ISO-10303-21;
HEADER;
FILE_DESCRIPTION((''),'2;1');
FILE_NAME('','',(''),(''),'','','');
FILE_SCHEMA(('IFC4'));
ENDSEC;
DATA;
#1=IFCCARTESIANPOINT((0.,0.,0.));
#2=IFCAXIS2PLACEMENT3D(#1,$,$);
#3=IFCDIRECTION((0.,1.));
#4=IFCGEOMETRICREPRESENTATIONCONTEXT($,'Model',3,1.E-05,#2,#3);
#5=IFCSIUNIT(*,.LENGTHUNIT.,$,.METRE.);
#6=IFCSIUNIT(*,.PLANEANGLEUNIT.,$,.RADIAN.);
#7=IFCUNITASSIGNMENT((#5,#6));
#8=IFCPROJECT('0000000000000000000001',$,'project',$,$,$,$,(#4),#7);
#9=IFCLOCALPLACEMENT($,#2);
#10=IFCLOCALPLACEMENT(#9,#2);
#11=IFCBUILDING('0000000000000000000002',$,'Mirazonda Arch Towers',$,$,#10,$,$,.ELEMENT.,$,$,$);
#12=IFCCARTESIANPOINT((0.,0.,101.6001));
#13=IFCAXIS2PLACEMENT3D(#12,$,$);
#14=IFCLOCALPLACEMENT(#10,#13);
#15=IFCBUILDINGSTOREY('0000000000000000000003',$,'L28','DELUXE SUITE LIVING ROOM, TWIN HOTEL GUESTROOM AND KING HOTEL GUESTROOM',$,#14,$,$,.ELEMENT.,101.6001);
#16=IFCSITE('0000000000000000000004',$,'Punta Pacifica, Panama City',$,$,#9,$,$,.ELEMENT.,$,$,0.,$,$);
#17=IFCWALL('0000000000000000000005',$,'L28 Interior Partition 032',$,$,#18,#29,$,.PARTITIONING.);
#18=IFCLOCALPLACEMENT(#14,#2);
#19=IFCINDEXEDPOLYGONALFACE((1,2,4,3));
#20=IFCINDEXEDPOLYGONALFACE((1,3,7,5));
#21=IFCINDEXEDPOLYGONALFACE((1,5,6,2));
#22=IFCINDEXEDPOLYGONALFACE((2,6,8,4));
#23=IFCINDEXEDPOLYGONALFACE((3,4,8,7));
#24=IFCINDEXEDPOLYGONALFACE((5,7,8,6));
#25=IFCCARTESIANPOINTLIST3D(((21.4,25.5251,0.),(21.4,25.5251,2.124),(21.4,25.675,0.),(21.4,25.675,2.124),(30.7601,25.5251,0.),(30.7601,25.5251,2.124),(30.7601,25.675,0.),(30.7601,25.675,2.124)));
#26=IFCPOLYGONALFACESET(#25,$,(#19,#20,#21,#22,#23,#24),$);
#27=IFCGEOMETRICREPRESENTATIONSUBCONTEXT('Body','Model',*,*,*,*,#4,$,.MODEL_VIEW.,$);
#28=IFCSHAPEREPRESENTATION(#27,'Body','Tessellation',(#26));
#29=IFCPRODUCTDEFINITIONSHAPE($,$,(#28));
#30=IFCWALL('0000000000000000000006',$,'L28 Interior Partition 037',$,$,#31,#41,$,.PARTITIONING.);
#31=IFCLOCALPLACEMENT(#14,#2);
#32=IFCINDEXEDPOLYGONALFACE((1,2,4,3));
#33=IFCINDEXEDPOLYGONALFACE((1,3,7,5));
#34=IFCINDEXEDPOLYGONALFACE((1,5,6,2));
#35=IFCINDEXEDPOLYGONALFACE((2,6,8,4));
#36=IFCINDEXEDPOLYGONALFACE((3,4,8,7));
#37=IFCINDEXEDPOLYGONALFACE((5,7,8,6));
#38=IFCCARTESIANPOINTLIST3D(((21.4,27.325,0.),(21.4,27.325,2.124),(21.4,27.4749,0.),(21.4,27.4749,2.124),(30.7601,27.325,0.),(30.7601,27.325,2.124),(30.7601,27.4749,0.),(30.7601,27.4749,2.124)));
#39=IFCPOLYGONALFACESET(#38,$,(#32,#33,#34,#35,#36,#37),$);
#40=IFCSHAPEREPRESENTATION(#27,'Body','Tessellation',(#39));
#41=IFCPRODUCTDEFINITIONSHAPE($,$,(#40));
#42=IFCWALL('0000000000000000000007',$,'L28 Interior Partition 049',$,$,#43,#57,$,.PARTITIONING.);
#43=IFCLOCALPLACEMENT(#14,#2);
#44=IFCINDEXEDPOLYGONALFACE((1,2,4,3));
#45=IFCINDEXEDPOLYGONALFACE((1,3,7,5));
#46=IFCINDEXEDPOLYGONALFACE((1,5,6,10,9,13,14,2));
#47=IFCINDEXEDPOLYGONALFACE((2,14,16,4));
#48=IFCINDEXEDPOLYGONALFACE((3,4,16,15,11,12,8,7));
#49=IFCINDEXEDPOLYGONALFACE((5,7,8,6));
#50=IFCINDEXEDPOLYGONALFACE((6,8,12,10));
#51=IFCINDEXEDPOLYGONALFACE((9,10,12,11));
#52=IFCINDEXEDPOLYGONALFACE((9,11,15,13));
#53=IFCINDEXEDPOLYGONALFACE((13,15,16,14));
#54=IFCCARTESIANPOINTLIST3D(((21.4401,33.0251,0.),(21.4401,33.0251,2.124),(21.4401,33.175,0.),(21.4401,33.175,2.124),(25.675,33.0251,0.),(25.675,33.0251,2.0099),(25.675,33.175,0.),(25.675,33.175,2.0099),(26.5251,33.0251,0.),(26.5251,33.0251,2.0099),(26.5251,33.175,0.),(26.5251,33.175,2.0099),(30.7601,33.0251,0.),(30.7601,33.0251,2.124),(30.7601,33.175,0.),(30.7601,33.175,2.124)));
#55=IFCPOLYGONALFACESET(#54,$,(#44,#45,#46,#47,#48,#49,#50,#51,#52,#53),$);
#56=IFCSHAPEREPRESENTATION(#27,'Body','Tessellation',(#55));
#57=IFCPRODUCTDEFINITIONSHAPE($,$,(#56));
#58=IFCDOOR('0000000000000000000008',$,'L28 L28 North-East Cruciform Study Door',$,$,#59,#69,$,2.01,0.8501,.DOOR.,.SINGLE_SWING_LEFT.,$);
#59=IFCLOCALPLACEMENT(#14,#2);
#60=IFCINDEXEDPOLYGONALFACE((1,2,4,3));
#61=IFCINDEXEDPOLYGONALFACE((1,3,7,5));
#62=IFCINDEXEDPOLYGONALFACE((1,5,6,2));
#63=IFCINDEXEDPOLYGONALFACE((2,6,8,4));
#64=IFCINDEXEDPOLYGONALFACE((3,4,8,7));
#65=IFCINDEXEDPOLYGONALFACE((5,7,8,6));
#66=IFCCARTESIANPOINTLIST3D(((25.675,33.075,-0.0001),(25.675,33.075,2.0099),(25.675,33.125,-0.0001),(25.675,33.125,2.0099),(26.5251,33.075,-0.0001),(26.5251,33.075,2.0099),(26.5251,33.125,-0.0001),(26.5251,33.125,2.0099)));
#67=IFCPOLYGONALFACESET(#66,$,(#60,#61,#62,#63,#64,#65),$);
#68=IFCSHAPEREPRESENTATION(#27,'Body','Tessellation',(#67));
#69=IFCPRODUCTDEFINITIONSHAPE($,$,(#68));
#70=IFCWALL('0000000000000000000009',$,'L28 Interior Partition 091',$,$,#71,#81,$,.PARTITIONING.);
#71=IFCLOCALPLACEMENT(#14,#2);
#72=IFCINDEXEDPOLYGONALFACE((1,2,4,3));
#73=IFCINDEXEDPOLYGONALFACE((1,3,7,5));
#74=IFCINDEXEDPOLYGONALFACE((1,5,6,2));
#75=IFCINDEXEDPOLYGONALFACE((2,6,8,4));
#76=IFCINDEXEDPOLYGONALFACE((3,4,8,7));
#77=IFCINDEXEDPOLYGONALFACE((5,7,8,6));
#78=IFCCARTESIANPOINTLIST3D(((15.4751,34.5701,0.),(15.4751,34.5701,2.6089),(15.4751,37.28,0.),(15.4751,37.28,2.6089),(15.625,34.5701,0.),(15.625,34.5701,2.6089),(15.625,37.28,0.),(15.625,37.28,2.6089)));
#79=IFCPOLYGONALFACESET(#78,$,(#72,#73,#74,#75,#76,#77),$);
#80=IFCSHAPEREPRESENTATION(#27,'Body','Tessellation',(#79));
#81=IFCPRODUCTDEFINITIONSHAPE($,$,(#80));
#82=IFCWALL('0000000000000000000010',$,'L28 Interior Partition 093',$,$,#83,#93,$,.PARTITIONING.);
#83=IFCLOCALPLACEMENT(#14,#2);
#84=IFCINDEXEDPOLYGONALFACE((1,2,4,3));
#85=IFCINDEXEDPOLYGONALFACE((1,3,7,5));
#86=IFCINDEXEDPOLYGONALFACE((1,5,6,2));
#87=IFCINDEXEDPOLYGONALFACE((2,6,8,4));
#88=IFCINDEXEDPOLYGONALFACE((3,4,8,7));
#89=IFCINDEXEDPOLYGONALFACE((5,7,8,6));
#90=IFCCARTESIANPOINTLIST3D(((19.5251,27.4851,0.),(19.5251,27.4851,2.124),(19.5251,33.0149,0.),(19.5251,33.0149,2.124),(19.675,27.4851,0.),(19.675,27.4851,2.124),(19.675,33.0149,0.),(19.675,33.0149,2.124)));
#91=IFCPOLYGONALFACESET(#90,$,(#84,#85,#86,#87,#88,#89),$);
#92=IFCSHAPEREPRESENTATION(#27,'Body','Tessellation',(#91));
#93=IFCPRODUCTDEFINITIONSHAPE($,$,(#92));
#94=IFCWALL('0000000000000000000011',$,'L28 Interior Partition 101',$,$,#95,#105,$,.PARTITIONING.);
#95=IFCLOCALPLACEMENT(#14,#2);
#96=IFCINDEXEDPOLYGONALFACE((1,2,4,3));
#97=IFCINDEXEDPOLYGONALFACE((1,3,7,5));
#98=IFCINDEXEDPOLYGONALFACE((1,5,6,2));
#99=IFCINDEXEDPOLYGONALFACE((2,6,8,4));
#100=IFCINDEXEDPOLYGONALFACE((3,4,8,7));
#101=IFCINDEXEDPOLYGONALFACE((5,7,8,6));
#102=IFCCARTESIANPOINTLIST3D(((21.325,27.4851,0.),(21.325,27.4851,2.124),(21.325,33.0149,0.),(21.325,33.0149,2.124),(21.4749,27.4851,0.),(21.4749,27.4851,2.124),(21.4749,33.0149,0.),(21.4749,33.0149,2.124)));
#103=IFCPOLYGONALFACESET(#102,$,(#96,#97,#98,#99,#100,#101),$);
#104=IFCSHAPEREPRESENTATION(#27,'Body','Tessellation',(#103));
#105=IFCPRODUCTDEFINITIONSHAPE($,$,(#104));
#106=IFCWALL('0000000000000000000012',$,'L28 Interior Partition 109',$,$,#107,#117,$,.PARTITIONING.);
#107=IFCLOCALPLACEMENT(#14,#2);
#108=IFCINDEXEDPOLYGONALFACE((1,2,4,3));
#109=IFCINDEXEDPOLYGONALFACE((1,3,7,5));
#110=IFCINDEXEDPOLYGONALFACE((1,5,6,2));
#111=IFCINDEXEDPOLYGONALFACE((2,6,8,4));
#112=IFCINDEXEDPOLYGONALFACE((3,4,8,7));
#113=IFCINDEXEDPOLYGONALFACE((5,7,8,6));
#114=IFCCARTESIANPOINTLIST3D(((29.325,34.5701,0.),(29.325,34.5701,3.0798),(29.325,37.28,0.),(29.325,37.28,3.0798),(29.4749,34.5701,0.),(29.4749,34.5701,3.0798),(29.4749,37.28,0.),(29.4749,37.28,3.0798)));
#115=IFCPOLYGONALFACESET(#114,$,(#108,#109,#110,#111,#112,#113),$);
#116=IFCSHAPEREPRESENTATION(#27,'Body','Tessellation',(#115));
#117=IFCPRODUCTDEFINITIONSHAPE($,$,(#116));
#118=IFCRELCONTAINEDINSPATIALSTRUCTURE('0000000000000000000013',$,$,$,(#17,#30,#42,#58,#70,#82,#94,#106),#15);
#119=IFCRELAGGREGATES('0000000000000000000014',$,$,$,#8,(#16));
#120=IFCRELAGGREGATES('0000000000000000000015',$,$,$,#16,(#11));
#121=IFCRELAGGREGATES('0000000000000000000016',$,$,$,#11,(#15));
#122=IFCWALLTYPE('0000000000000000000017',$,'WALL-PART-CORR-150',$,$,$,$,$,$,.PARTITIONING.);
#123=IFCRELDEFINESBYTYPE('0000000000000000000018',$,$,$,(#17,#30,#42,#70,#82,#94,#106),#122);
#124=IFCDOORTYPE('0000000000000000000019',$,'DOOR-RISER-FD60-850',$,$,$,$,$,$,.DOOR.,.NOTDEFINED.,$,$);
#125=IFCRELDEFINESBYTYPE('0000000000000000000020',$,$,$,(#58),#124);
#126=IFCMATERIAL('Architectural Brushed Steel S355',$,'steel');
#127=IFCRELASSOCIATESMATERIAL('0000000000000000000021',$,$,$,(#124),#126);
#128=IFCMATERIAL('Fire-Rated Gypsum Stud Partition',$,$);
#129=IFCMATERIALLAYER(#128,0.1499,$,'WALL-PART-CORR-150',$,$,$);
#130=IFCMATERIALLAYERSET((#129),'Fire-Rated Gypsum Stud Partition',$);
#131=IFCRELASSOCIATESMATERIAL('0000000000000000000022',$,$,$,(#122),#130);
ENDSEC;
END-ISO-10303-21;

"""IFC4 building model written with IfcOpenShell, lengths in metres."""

from ifc_helpers import new_model, si_unit, direction, frame, frame_2d, origin, place, context, subcontext, project, spatial, rectangle, extrude, material, layer, layer_set, type_object, element, fill, save


model = new_model("IFC4")

# Units and contexts
model_context = context("Model", 3, precision=1e-05, world=origin(), true_north=direction((0.0, 1.0)))
body_context = subcontext(model_context, "Body", "Model", "MODEL_VIEW")
ifc_project = project(units=[si_unit("LENGTHUNIT", "METRE"), si_unit("PLANEANGLEUNIT", "RADIAN")], contexts=[model_context])

# Site, building, storey
site_placement = place(None, origin())
site = spatial("IfcSite", under=ifc_project, at=site_placement, Name="Punta Pacifica, Panama City", CompositionType="ELEMENT", RefElevation=0.0)
building_placement = place(site_placement, origin())
building = spatial("IfcBuilding", under=site, at=building_placement, Name="Mirazonda Arch Towers", CompositionType="ELEMENT")
storey_placement = place(building_placement, frame((0.0, 0.0, 101.6001)))
storey = spatial("IfcBuildingStorey", under=building, at=storey_placement, Name="L28", Description="DELUXE SUITE LIVING ROOM, TWIN HOTEL GUESTROOM AND KING HOTEL GUESTROOM", CompositionType="ELEMENT", Elevation=101.6001)

# Shared definitions
ifc_material_1 = material(Name="Architectural Brushed Steel S355", Category="steel")
door_type = type_object("IfcDoorType", Name="DOOR-RISER-FD60-850", OperationType="NOTDEFINED", PredefinedType="DOOR", material=ifc_material_1)

# Walls
ifc_material_2 = material(Name="Fire-Rated Gypsum Stud Partition")
ifc_layer_1 = layer(ifc_material_2, 0.1499, Name="WALL-PART-CORR-150")
ifc_layer_set_1 = layer_set([ifc_layer_1], Name="Fire-Rated Gypsum Stud Partition")
wall_type_1 = type_object("IfcWallType", Name="WALL-PART-CORR-150", PredefinedType="PARTITIONING", material=ifc_layer_set_1)
for number, where, z_axis, x_axis, name in (
    (1, (21.3999, 25.6001, 0.0), (0.0, 0.0, 1.0), (1.0, 0.0, 0.0), "L28 Interior Partition 032"),
    (2, (21.3999, 27.3999, 0.0), (0.0, 0.0, 1.0), (1.0, 0.0, 0.0), "L28 Interior Partition 037"),
):
    element("IfcWall", number, at=place(storey_placement, frame(where, z_axis=z_axis, x_axis=x_axis)), inside=storey, type_object=wall_type_1, Name=name, PredefinedType="PARTITIONING", context=body_context, shape_type="SweptSolid", body=[
        extrude(rectangle(XDim=9.3601, YDim=0.1499, at=frame_2d((4.6802, 0.0))), origin(), (0.0, 0.0, 1.0), 2.124),
    ])

# Wall, opening, door
wall_1_placement = place(storey_placement, frame((21.4399, 33.1001, 0.0), z_axis=(0.0, 0.0, 1.0), x_axis=(1.0, 0.0, 0.0)))
wall_1 = element("IfcWall", 3, at=wall_1_placement, inside=storey, type_object=wall_type_1, Name="L28 Interior Partition 049", PredefinedType="PARTITIONING", context=body_context, shape_type="SweptSolid", body=[
    extrude(rectangle(XDim=9.3201, YDim=0.1499, at=frame_2d((4.6602, 0.0))), origin(), (0.0, 0.0, 1.0), 2.124),
])
opening_1_placement = place(wall_1_placement, frame((4.2351, 0.0, 0.0)))
opening_1 = element("IfcOpeningElement", 4, at=opening_1_placement, cuts=wall_1, PredefinedType="OPENING", context=body_context, shape_type="SweptSolid", body=[
    extrude(rectangle(XDim=0.8501, YDim=2.01, at=frame_2d((0.425, 1.0049))), frame((0.0, 0.085, 0.0), z_axis=(0.0, -1.0, 0.0), x_axis=(1.0, 0.0, 0.0)), (0.0, 0.0, 1.0), 0.1699),
])
door_1_placement = place(opening_1_placement, origin())
door_1 = element("IfcDoor", 5, at=door_1_placement, inside=storey, type_object=door_type, Name="L28 L28 North-East Cruciform Study Door", OperationType="SINGLE_SWING_LEFT", OverallHeight=2.01, OverallWidth=0.8501, PredefinedType="DOOR", context=body_context, shape_type="SweptSolid", body=[
    extrude(rectangle(XDim=0.8501, YDim=2.01, at=frame_2d((0.425, 1.0049))), frame((0.0, 0.0249, 0.0), z_axis=(0.0, -1.0, 0.0), x_axis=(1.0, 0.0, 0.0)), (0.0, 0.0, 1.0), 0.05),
])
fill(opening_1, door_1)

# Walls
wall_2_placement = place(storey_placement, frame((15.55, 34.5701, 0.0), z_axis=(0.0, 0.0, 1.0), x_axis=(0.0, 1.0, 0.0)))
element("IfcWall", 6, at=wall_2_placement, inside=storey, type_object=wall_type_1, Name="L28 Interior Partition 091", PredefinedType="PARTITIONING", context=body_context, shape_type="SweptSolid", body=[
    extrude(rectangle(XDim=2.71, YDim=0.1499, at=frame_2d((1.355, 0.0))), origin(), (0.0, 0.0, 1.0), 2.6089),
])
for number, where, z_axis, x_axis, name in (
    (7, (19.6001, 27.4851, 0.0), (0.0, 0.0, 1.0), (0.0, 1.0, 0.0), "L28 Interior Partition 093"),
    (8, (21.3999, 27.4851, 0.0), (0.0, 0.0, 1.0), (0.0, 1.0, 0.0), "L28 Interior Partition 101"),
):
    element("IfcWall", number, at=place(storey_placement, frame(where, z_axis=z_axis, x_axis=x_axis)), inside=storey, type_object=wall_type_1, Name=name, PredefinedType="PARTITIONING", context=body_context, shape_type="SweptSolid", body=[
        extrude(rectangle(XDim=5.5298, YDim=0.1499, at=frame_2d((2.7649, 0.0))), origin(), (0.0, 0.0, 1.0), 2.124),
    ])
wall_3_placement = place(storey_placement, frame((29.3999, 34.5701, 0.0), z_axis=(0.0, 0.0, 1.0), x_axis=(0.0, 1.0, 0.0)))
element("IfcWall", 9, at=wall_3_placement, inside=storey, type_object=wall_type_1, Name="L28 Interior Partition 109", PredefinedType="PARTITIONING", context=body_context, shape_type="SweptSolid", body=[
    extrude(rectangle(XDim=2.71, YDim=0.1499, at=frame_2d((1.355, 0.0))), origin(), (0.0, 0.0, 1.0), 3.0798),
])

save(model, "model.ifc")
